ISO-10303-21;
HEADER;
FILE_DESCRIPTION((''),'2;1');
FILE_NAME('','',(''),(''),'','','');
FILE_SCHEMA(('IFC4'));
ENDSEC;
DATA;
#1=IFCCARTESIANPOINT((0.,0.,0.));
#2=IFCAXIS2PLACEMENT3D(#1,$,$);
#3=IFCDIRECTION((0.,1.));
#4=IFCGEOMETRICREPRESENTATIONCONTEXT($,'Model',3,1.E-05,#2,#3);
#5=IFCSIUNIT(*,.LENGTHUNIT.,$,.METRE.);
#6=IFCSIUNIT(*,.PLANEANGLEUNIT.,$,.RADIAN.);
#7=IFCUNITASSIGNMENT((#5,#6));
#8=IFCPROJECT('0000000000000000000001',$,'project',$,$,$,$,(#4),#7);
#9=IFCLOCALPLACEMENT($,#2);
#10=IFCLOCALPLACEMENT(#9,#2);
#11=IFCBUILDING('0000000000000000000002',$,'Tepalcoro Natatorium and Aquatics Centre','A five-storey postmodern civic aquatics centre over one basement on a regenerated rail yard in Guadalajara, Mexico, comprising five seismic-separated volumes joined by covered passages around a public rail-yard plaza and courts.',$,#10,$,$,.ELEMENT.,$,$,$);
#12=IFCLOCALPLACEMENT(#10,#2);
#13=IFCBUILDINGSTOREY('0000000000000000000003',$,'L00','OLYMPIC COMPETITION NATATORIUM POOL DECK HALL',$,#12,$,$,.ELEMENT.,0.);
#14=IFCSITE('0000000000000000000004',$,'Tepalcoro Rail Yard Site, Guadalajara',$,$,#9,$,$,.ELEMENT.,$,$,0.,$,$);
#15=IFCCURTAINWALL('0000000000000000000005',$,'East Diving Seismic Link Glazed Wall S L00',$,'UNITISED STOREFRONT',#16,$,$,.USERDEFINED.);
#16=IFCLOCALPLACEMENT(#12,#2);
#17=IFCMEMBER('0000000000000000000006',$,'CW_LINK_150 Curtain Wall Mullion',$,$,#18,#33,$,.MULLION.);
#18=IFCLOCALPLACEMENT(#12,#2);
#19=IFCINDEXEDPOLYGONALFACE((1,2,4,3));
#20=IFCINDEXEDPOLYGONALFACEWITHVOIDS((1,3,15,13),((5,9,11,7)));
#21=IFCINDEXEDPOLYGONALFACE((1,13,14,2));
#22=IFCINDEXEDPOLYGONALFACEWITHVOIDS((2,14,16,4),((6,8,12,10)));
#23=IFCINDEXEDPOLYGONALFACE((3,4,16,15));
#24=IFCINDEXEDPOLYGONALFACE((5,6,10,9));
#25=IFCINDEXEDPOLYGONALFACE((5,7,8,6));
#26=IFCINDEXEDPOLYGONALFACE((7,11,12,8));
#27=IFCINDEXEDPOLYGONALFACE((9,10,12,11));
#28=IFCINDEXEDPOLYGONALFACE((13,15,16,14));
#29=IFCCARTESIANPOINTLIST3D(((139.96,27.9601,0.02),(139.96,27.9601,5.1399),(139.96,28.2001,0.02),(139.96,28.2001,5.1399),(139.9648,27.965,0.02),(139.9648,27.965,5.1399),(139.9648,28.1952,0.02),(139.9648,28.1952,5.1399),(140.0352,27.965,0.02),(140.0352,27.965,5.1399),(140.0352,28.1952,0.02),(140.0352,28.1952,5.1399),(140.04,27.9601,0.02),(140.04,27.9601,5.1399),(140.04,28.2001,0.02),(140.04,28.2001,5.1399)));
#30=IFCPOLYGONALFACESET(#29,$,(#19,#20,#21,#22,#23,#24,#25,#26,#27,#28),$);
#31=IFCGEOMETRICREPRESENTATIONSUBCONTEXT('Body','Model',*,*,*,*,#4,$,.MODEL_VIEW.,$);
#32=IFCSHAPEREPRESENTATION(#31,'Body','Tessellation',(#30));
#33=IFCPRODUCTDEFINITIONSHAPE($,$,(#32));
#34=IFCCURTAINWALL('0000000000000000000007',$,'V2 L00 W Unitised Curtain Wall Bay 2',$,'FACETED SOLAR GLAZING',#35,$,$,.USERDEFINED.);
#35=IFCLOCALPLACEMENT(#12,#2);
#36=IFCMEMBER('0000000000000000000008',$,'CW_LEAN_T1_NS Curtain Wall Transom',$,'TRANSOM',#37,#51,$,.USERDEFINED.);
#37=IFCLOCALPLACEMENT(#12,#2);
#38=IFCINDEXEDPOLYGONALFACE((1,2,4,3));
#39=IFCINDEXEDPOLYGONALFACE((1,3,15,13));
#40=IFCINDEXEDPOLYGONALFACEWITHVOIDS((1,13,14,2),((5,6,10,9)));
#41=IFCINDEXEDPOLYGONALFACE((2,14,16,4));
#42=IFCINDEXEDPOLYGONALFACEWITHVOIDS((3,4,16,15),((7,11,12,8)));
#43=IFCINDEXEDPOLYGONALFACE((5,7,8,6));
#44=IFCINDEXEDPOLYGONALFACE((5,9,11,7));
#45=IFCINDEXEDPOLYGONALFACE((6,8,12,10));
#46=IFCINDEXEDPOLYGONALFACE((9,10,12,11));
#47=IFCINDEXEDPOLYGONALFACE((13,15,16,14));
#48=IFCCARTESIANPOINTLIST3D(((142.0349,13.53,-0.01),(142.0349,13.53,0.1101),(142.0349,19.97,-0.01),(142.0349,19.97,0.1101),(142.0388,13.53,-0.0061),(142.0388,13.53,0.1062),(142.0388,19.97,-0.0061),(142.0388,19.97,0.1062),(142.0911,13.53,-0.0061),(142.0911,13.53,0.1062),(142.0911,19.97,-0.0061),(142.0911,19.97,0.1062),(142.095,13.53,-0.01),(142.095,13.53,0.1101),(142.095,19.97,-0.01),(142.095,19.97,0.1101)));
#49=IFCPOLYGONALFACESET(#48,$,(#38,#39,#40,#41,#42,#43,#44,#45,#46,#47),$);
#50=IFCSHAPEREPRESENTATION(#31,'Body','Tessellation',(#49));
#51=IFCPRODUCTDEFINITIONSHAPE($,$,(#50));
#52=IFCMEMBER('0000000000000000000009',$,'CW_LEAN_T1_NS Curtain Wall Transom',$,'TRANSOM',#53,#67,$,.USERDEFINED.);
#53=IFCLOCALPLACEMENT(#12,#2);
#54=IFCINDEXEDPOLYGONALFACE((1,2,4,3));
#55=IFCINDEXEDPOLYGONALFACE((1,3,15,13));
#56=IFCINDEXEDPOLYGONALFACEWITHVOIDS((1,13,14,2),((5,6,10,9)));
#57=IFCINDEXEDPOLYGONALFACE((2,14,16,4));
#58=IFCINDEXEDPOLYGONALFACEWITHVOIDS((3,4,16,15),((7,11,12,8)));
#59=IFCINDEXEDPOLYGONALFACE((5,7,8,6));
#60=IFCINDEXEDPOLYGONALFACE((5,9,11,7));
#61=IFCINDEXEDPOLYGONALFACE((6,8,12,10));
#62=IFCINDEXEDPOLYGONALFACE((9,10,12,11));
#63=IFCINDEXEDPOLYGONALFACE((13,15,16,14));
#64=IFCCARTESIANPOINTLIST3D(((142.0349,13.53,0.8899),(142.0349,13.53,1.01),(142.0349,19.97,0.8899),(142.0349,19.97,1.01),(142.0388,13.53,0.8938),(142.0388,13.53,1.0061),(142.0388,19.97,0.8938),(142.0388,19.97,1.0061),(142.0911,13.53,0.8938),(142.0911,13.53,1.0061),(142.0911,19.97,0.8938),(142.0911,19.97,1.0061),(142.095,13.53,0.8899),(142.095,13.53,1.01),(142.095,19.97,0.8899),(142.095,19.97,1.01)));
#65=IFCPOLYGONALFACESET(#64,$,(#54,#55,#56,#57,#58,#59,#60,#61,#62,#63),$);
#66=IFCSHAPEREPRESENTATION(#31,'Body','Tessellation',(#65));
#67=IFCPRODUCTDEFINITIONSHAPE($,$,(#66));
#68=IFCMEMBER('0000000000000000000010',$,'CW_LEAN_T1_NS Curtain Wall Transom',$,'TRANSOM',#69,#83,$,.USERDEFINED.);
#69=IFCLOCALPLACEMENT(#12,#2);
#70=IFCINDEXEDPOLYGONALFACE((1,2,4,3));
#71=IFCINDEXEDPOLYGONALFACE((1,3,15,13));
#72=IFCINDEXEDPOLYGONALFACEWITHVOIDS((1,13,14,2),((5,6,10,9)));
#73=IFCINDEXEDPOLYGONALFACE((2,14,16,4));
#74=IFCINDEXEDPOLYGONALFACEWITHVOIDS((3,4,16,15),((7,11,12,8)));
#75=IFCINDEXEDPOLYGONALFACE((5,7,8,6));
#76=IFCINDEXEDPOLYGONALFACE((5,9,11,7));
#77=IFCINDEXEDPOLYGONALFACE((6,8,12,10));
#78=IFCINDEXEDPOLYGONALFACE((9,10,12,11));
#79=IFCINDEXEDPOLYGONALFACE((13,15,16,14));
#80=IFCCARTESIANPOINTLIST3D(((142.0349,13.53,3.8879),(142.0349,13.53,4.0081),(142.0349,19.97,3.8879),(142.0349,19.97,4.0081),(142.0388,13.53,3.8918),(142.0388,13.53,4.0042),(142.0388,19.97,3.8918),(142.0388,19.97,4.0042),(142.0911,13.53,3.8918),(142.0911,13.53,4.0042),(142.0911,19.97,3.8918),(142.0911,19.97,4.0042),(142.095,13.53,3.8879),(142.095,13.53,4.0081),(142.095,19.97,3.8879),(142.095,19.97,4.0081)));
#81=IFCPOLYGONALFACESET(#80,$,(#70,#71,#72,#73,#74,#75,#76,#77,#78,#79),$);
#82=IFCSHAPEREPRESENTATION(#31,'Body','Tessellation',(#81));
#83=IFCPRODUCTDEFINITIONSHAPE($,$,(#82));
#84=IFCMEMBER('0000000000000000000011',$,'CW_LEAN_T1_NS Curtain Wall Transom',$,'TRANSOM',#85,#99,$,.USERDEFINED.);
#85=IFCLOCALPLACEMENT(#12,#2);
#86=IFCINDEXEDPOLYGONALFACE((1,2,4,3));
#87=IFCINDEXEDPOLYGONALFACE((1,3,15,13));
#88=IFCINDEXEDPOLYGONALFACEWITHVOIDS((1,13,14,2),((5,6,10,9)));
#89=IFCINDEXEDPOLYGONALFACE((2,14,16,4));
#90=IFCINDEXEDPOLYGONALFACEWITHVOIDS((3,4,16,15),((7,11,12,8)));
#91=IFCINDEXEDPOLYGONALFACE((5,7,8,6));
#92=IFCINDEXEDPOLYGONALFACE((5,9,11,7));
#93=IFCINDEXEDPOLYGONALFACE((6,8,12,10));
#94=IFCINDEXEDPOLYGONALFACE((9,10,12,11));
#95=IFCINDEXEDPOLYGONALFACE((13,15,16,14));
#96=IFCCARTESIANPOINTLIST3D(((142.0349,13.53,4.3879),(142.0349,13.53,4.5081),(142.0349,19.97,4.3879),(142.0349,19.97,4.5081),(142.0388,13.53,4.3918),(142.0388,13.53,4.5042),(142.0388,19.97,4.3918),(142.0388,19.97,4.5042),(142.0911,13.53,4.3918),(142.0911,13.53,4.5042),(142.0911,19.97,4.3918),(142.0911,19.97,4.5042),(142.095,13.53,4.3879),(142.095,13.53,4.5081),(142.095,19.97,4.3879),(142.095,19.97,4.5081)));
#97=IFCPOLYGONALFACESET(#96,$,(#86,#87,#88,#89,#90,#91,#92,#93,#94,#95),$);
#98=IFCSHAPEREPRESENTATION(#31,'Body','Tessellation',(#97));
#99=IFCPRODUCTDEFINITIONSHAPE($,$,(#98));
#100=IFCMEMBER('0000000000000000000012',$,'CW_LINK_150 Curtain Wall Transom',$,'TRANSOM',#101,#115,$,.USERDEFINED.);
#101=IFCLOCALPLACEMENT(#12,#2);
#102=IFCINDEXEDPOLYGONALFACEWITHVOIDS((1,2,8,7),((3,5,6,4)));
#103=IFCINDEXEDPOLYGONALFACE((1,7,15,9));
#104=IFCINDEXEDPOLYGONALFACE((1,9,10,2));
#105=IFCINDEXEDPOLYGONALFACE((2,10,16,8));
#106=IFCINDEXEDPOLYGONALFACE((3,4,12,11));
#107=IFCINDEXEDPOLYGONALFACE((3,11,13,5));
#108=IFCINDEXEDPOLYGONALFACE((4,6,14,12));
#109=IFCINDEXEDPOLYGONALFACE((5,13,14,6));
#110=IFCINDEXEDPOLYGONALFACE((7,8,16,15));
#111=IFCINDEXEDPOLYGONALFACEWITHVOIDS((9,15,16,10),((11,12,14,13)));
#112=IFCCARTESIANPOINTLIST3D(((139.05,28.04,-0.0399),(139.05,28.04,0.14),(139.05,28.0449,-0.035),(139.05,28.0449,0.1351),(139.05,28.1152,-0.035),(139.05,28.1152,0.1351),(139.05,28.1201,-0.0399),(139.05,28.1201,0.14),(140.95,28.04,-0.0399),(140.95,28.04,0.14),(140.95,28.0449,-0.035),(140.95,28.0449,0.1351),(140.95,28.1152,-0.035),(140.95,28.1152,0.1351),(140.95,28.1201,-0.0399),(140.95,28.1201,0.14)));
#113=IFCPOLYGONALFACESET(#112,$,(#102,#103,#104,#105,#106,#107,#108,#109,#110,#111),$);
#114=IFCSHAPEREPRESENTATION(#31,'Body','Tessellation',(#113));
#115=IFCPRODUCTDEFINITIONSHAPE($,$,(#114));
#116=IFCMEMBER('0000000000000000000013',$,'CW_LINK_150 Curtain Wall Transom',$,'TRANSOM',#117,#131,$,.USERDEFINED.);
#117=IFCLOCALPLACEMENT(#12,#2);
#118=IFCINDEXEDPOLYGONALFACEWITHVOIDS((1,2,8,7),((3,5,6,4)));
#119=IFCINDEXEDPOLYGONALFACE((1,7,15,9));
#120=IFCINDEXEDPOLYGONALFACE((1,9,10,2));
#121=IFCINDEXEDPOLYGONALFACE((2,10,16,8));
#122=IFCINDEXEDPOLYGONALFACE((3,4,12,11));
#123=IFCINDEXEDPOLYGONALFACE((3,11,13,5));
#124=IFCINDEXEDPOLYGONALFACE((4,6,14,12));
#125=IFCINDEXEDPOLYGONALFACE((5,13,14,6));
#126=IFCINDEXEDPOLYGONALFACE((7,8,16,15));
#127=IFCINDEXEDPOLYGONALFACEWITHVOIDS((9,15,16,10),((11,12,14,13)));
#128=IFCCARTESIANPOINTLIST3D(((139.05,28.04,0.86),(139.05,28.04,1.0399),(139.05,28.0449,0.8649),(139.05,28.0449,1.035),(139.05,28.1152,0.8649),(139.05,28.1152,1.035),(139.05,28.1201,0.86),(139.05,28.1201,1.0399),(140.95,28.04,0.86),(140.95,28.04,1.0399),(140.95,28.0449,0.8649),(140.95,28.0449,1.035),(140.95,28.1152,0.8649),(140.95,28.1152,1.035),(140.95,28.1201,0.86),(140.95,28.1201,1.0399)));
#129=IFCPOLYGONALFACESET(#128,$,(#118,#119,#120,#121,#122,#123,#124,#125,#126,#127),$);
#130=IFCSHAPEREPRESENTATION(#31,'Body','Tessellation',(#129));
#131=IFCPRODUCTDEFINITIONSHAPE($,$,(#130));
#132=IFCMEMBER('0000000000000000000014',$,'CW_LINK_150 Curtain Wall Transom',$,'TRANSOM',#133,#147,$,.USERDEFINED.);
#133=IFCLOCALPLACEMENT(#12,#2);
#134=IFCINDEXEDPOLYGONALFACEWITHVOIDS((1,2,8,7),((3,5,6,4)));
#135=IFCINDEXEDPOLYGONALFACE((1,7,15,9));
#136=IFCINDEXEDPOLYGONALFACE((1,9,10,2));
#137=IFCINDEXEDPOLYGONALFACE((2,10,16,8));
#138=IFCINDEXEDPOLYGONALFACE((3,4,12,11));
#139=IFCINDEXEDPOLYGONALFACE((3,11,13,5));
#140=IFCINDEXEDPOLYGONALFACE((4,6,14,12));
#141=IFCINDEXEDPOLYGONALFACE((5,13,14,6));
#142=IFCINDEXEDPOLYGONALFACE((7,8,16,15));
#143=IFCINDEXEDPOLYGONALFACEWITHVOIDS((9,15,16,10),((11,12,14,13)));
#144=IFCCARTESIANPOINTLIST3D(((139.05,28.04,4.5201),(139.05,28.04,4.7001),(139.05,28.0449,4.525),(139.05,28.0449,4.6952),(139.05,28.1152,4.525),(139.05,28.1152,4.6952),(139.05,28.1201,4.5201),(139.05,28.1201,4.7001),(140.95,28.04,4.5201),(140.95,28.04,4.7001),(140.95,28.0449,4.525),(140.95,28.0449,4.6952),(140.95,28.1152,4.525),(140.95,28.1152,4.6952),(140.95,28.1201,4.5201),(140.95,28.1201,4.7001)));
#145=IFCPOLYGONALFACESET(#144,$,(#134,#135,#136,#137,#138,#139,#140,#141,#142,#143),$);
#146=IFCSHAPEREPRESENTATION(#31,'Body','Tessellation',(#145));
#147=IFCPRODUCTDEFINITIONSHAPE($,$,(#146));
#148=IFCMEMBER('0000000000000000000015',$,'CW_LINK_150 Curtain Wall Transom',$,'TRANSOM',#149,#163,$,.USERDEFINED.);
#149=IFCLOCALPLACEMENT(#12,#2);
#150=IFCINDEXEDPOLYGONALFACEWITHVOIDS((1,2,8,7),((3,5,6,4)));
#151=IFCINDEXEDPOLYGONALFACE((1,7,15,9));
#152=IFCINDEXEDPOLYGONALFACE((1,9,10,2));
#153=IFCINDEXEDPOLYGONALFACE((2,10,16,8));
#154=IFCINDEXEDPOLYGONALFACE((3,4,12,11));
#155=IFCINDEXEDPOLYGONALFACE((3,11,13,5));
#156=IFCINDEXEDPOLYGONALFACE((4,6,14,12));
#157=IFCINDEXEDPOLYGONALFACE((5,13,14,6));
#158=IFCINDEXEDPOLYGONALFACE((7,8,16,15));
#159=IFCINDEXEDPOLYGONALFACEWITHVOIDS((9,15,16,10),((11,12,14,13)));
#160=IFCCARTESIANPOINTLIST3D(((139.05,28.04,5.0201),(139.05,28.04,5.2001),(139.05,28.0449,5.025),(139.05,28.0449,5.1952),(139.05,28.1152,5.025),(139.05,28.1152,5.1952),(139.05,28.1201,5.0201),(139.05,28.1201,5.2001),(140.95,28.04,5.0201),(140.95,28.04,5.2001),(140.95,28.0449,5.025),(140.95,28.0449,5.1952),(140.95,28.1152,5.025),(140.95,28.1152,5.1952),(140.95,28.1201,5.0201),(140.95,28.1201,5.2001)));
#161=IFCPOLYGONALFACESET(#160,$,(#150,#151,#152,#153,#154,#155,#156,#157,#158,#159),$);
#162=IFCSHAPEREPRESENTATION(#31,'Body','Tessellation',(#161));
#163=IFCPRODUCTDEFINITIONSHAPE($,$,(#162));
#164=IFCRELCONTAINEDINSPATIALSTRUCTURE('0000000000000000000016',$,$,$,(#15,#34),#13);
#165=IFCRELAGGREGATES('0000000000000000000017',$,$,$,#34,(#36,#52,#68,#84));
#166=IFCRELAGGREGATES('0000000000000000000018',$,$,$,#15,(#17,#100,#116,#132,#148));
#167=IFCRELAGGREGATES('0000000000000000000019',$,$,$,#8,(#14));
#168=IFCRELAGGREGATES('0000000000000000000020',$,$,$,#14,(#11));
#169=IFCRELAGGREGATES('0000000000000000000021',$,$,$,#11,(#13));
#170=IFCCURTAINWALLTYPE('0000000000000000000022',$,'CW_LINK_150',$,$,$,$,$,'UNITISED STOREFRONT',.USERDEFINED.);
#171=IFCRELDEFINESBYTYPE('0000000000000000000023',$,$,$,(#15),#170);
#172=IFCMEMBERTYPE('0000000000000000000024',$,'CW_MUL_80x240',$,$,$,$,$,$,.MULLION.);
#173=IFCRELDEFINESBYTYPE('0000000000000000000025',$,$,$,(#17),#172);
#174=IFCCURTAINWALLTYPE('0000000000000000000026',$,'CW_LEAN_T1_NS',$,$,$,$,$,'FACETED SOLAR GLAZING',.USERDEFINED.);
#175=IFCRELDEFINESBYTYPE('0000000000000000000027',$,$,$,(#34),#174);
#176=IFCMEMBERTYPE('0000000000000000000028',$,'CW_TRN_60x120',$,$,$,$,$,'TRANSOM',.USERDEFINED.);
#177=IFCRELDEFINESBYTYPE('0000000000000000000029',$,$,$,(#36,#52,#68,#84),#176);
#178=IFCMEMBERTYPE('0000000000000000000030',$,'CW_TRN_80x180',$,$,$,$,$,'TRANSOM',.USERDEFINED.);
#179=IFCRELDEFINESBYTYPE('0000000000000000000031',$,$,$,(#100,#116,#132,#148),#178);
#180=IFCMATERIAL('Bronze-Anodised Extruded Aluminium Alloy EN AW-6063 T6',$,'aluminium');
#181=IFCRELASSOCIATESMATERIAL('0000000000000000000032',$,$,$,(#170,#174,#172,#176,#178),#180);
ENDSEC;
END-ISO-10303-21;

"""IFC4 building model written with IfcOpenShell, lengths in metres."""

from ifc_helpers import new_model, si_unit, direction, frame, origin, origin_2d, place, context, subcontext, project, spatial, hollow_rectangle, extrude, material, material_profile, profile_set, type_object, element, aggregate, save


model = new_model("IFC4")

# Units and contexts
model_context = context("Model", 3, precision=1e-05, world=origin(), true_north=direction((0.0, 1.0)))
body_context = subcontext(model_context, "Body", "Model", "MODEL_VIEW")
ifc_project = project(units=[si_unit("LENGTHUNIT", "METRE"), si_unit("PLANEANGLEUNIT", "RADIAN")], contexts=[model_context])

# Site, building, storey
site_placement = place(None, origin())
site = spatial("IfcSite", under=ifc_project, at=site_placement, Name="Tepalcoro Rail Yard Site, Guadalajara", CompositionType="ELEMENT", RefElevation=0.0)
building_placement = place(site_placement, origin())
building = spatial("IfcBuilding", under=site, at=building_placement, Name="Tepalcoro Natatorium and Aquatics Centre", Description="A five-storey postmodern civic aquatics centre over one basement on a regenerated rail yard in Guadalajara, Mexico, comprising five seismic-separated volumes joined by covered passages around a public rail-yard plaza and courts.", CompositionType="ELEMENT")
storey_placement = place(building_placement, origin())
storey = spatial("IfcBuildingStorey", under=building, at=storey_placement, Name="L00", Description="OLYMPIC COMPETITION NATATORIUM POOL DECK HALL", CompositionType="ELEMENT", Elevation=0.0)

# Curtain walls, members
ifc_material_1 = material(Name="Bronze-Anodised Extruded Aluminium Alloy EN AW-6063 T6", Category="aluminium")
curtain_wall_type_1 = type_object("IfcCurtainWallType", Name="CW_LINK_150", ElementType="UNITISED STOREFRONT", PredefinedType="USERDEFINED", material=ifc_material_1)
curtain_wall_1_placement = place(storey_placement, origin())
curtain_wall_1 = element("IfcCurtainWall", 1, at=curtain_wall_1_placement, inside=storey, type_object=curtain_wall_type_1, Name="East Diving Seismic Link Glazed Wall S L00", ObjectType="UNITISED STOREFRONT", PredefinedType="USERDEFINED")
ifc_material_profile_1 = material_profile(ifc_material_1, hollow_rectangle(XDim=0.0801, YDim=0.24, WallThickness=0.0049, at=origin_2d()), Name="AL80X240X5")
ifc_profile_set_1 = profile_set([ifc_material_profile_1], Name="Bronze-Anodised Extruded Aluminium Alloy EN AW-6063 T6")
member_type_1 = type_object("IfcMemberType", Name="CW_MUL_80x240", PredefinedType="MULLION", material=ifc_profile_set_1)
member_1_placement = place(storey_placement, frame((140.0, 28.0801, 0.02), z_axis=(0.0, 0.0, 1.0), x_axis=(1.0, 0.0, 0.0)))
member_1 = element("IfcMember", 2, at=member_1_placement, type_object=member_type_1, Name="CW_LINK_150 Curtain Wall Mullion", PredefinedType="MULLION", context=body_context, shape_type="SweptSolid", body=[
    extrude(hollow_rectangle(XDim=0.0801, YDim=0.24, WallThickness=0.0049, at=origin_2d()), origin(), (0.0, 0.0, 1.0), 5.1199),
])
curtain_wall_type_2 = type_object("IfcCurtainWallType", Name="CW_LEAN_T1_NS", ElementType="FACETED SOLAR GLAZING", PredefinedType="USERDEFINED", material=ifc_material_1)
curtain_wall_2_placement = place(storey_placement, origin())
curtain_wall_2 = element("IfcCurtainWall", 3, at=curtain_wall_2_placement, inside=storey, type_object=curtain_wall_type_2, Name="V2 L00 W Unitised Curtain Wall Bay 2", ObjectType="FACETED SOLAR GLAZING", PredefinedType="USERDEFINED")
ifc_material_profile_2 = material_profile(ifc_material_1, hollow_rectangle(XDim=0.0601, YDim=0.1201, WallThickness=0.0039, at=origin_2d()), Name="AL60X120X4")
ifc_profile_set_2 = profile_set([ifc_material_profile_2], Name="Bronze-Anodised Extruded Aluminium Alloy EN AW-6063 T6")
member_type_2 = type_object("IfcMemberType", Name="CW_TRN_60x120", ElementType="TRANSOM", PredefinedType="USERDEFINED", material=ifc_profile_set_2)
member_2_placement = place(storey_placement, frame((142.0649, 13.53, 0.05), z_axis=(0.0, 1.0, 0.0), x_axis=(-1.0, 0.0, 0.0)))
member_2 = element("IfcMember", 4, at=member_2_placement, type_object=member_type_2, Name="CW_LEAN_T1_NS Curtain Wall Transom", ObjectType="TRANSOM", PredefinedType="USERDEFINED", context=body_context, shape_type="SweptSolid", body=[
    extrude(hollow_rectangle(XDim=0.0601, YDim=0.1201, WallThickness=0.0039, at=origin_2d()), origin(), (0.0, 0.0, 1.0), 6.4399),
])
member_3_placement = place(storey_placement, frame((142.0649, 13.53, 0.95), z_axis=(0.0, 1.0, 0.0), x_axis=(-1.0, 0.0, 0.0)))
member_3 = element("IfcMember", 5, at=member_3_placement, type_object=member_type_2, Name="CW_LEAN_T1_NS Curtain Wall Transom", ObjectType="TRANSOM", PredefinedType="USERDEFINED", context=body_context, shape_type="SweptSolid", body=[
    extrude(hollow_rectangle(XDim=0.0601, YDim=0.1201, WallThickness=0.0039, at=origin_2d()), origin(), (0.0, 0.0, 1.0), 6.4399),
])
member_4_placement = place(storey_placement, frame((142.0649, 13.53, 3.948), z_axis=(0.0, 1.0, 0.0), x_axis=(-1.0, 0.0, 0.0)))
member_4 = element("IfcMember", 6, at=member_4_placement, type_object=member_type_2, Name="CW_LEAN_T1_NS Curtain Wall Transom", ObjectType="TRANSOM", PredefinedType="USERDEFINED", context=body_context, shape_type="SweptSolid", body=[
    extrude(hollow_rectangle(XDim=0.0601, YDim=0.1201, WallThickness=0.0039, at=origin_2d()), origin(), (0.0, 0.0, 1.0), 6.4399),
])
member_5_placement = place(storey_placement, frame((142.0649, 13.53, 4.448), z_axis=(0.0, 1.0, 0.0), x_axis=(-1.0, 0.0, 0.0)))
member_5 = element("IfcMember", 7, at=member_5_placement, type_object=member_type_2, Name="CW_LEAN_T1_NS Curtain Wall Transom", ObjectType="TRANSOM", PredefinedType="USERDEFINED", context=body_context, shape_type="SweptSolid", body=[
    extrude(hollow_rectangle(XDim=0.0601, YDim=0.1201, WallThickness=0.0039, at=origin_2d()), origin(), (0.0, 0.0, 1.0), 6.4399),
])

# Members
ifc_material_profile_3 = material_profile(ifc_material_1, hollow_rectangle(XDim=0.0801, YDim=0.1799, WallThickness=0.0049, at=origin_2d()), Name="AL80X180X5")
ifc_profile_set_3 = profile_set([ifc_material_profile_3], Name="Bronze-Anodised Extruded Aluminium Alloy EN AW-6063 T6")
member_type_3 = type_object("IfcMemberType", Name="CW_TRN_80x180", ElementType="TRANSOM", PredefinedType="USERDEFINED", material=ifc_profile_set_3)
member_6_placement = place(storey_placement, frame((139.05, 28.0801, 0.05), z_axis=(1.0, 0.0, 0.0), x_axis=(0.0, 1.0, 0.0)))
member_6 = element("IfcMember", 8, at=member_6_placement, type_object=member_type_3, Name="CW_LINK_150 Curtain Wall Transom", ObjectType="TRANSOM", PredefinedType="USERDEFINED", context=body_context, shape_type="SweptSolid", body=[
    extrude(hollow_rectangle(XDim=0.0801, YDim=0.1799, WallThickness=0.0049, at=origin_2d()), origin(), (0.0, 0.0, 1.0), 1.8999),
])
member_7_placement = place(storey_placement, frame((139.05, 28.0801, 0.95), z_axis=(1.0, 0.0, 0.0), x_axis=(0.0, 1.0, 0.0)))
member_7 = element("IfcMember", 9, at=member_7_placement, type_object=member_type_3, Name="CW_LINK_150 Curtain Wall Transom", ObjectType="TRANSOM", PredefinedType="USERDEFINED", context=body_context, shape_type="SweptSolid", body=[
    extrude(hollow_rectangle(XDim=0.0801, YDim=0.1799, WallThickness=0.0049, at=origin_2d()), origin(), (0.0, 0.0, 1.0), 1.8999),
])
member_8_placement = place(storey_placement, frame((139.05, 28.0801, 4.6101), z_axis=(1.0, 0.0, 0.0), x_axis=(0.0, 1.0, 0.0)))
member_8 = element("IfcMember", 10, at=member_8_placement, type_object=member_type_3, Name="CW_LINK_150 Curtain Wall Transom", ObjectType="TRANSOM", PredefinedType="USERDEFINED", context=body_context, shape_type="SweptSolid", body=[
    extrude(hollow_rectangle(XDim=0.0801, YDim=0.1799, WallThickness=0.0049, at=origin_2d()), origin(), (0.0, 0.0, 1.0), 1.8999),
])
member_9_placement = place(storey_placement, frame((139.05, 28.0801, 5.1101), z_axis=(1.0, 0.0, 0.0), x_axis=(0.0, 1.0, 0.0)))
member_9 = element("IfcMember", 11, at=member_9_placement, type_object=member_type_3, Name="CW_LINK_150 Curtain Wall Transom", ObjectType="TRANSOM", PredefinedType="USERDEFINED", context=body_context, shape_type="SweptSolid", body=[
    extrude(hollow_rectangle(XDim=0.0801, YDim=0.1799, WallThickness=0.0049, at=origin_2d()), origin(), (0.0, 0.0, 1.0), 1.8999),
])

aggregate(curtain_wall_2, [member_2, member_3, member_4, member_5])
aggregate(curtain_wall_1, [member_1, member_6, member_7, member_8, member_9])

save(model, "model.ifc")
